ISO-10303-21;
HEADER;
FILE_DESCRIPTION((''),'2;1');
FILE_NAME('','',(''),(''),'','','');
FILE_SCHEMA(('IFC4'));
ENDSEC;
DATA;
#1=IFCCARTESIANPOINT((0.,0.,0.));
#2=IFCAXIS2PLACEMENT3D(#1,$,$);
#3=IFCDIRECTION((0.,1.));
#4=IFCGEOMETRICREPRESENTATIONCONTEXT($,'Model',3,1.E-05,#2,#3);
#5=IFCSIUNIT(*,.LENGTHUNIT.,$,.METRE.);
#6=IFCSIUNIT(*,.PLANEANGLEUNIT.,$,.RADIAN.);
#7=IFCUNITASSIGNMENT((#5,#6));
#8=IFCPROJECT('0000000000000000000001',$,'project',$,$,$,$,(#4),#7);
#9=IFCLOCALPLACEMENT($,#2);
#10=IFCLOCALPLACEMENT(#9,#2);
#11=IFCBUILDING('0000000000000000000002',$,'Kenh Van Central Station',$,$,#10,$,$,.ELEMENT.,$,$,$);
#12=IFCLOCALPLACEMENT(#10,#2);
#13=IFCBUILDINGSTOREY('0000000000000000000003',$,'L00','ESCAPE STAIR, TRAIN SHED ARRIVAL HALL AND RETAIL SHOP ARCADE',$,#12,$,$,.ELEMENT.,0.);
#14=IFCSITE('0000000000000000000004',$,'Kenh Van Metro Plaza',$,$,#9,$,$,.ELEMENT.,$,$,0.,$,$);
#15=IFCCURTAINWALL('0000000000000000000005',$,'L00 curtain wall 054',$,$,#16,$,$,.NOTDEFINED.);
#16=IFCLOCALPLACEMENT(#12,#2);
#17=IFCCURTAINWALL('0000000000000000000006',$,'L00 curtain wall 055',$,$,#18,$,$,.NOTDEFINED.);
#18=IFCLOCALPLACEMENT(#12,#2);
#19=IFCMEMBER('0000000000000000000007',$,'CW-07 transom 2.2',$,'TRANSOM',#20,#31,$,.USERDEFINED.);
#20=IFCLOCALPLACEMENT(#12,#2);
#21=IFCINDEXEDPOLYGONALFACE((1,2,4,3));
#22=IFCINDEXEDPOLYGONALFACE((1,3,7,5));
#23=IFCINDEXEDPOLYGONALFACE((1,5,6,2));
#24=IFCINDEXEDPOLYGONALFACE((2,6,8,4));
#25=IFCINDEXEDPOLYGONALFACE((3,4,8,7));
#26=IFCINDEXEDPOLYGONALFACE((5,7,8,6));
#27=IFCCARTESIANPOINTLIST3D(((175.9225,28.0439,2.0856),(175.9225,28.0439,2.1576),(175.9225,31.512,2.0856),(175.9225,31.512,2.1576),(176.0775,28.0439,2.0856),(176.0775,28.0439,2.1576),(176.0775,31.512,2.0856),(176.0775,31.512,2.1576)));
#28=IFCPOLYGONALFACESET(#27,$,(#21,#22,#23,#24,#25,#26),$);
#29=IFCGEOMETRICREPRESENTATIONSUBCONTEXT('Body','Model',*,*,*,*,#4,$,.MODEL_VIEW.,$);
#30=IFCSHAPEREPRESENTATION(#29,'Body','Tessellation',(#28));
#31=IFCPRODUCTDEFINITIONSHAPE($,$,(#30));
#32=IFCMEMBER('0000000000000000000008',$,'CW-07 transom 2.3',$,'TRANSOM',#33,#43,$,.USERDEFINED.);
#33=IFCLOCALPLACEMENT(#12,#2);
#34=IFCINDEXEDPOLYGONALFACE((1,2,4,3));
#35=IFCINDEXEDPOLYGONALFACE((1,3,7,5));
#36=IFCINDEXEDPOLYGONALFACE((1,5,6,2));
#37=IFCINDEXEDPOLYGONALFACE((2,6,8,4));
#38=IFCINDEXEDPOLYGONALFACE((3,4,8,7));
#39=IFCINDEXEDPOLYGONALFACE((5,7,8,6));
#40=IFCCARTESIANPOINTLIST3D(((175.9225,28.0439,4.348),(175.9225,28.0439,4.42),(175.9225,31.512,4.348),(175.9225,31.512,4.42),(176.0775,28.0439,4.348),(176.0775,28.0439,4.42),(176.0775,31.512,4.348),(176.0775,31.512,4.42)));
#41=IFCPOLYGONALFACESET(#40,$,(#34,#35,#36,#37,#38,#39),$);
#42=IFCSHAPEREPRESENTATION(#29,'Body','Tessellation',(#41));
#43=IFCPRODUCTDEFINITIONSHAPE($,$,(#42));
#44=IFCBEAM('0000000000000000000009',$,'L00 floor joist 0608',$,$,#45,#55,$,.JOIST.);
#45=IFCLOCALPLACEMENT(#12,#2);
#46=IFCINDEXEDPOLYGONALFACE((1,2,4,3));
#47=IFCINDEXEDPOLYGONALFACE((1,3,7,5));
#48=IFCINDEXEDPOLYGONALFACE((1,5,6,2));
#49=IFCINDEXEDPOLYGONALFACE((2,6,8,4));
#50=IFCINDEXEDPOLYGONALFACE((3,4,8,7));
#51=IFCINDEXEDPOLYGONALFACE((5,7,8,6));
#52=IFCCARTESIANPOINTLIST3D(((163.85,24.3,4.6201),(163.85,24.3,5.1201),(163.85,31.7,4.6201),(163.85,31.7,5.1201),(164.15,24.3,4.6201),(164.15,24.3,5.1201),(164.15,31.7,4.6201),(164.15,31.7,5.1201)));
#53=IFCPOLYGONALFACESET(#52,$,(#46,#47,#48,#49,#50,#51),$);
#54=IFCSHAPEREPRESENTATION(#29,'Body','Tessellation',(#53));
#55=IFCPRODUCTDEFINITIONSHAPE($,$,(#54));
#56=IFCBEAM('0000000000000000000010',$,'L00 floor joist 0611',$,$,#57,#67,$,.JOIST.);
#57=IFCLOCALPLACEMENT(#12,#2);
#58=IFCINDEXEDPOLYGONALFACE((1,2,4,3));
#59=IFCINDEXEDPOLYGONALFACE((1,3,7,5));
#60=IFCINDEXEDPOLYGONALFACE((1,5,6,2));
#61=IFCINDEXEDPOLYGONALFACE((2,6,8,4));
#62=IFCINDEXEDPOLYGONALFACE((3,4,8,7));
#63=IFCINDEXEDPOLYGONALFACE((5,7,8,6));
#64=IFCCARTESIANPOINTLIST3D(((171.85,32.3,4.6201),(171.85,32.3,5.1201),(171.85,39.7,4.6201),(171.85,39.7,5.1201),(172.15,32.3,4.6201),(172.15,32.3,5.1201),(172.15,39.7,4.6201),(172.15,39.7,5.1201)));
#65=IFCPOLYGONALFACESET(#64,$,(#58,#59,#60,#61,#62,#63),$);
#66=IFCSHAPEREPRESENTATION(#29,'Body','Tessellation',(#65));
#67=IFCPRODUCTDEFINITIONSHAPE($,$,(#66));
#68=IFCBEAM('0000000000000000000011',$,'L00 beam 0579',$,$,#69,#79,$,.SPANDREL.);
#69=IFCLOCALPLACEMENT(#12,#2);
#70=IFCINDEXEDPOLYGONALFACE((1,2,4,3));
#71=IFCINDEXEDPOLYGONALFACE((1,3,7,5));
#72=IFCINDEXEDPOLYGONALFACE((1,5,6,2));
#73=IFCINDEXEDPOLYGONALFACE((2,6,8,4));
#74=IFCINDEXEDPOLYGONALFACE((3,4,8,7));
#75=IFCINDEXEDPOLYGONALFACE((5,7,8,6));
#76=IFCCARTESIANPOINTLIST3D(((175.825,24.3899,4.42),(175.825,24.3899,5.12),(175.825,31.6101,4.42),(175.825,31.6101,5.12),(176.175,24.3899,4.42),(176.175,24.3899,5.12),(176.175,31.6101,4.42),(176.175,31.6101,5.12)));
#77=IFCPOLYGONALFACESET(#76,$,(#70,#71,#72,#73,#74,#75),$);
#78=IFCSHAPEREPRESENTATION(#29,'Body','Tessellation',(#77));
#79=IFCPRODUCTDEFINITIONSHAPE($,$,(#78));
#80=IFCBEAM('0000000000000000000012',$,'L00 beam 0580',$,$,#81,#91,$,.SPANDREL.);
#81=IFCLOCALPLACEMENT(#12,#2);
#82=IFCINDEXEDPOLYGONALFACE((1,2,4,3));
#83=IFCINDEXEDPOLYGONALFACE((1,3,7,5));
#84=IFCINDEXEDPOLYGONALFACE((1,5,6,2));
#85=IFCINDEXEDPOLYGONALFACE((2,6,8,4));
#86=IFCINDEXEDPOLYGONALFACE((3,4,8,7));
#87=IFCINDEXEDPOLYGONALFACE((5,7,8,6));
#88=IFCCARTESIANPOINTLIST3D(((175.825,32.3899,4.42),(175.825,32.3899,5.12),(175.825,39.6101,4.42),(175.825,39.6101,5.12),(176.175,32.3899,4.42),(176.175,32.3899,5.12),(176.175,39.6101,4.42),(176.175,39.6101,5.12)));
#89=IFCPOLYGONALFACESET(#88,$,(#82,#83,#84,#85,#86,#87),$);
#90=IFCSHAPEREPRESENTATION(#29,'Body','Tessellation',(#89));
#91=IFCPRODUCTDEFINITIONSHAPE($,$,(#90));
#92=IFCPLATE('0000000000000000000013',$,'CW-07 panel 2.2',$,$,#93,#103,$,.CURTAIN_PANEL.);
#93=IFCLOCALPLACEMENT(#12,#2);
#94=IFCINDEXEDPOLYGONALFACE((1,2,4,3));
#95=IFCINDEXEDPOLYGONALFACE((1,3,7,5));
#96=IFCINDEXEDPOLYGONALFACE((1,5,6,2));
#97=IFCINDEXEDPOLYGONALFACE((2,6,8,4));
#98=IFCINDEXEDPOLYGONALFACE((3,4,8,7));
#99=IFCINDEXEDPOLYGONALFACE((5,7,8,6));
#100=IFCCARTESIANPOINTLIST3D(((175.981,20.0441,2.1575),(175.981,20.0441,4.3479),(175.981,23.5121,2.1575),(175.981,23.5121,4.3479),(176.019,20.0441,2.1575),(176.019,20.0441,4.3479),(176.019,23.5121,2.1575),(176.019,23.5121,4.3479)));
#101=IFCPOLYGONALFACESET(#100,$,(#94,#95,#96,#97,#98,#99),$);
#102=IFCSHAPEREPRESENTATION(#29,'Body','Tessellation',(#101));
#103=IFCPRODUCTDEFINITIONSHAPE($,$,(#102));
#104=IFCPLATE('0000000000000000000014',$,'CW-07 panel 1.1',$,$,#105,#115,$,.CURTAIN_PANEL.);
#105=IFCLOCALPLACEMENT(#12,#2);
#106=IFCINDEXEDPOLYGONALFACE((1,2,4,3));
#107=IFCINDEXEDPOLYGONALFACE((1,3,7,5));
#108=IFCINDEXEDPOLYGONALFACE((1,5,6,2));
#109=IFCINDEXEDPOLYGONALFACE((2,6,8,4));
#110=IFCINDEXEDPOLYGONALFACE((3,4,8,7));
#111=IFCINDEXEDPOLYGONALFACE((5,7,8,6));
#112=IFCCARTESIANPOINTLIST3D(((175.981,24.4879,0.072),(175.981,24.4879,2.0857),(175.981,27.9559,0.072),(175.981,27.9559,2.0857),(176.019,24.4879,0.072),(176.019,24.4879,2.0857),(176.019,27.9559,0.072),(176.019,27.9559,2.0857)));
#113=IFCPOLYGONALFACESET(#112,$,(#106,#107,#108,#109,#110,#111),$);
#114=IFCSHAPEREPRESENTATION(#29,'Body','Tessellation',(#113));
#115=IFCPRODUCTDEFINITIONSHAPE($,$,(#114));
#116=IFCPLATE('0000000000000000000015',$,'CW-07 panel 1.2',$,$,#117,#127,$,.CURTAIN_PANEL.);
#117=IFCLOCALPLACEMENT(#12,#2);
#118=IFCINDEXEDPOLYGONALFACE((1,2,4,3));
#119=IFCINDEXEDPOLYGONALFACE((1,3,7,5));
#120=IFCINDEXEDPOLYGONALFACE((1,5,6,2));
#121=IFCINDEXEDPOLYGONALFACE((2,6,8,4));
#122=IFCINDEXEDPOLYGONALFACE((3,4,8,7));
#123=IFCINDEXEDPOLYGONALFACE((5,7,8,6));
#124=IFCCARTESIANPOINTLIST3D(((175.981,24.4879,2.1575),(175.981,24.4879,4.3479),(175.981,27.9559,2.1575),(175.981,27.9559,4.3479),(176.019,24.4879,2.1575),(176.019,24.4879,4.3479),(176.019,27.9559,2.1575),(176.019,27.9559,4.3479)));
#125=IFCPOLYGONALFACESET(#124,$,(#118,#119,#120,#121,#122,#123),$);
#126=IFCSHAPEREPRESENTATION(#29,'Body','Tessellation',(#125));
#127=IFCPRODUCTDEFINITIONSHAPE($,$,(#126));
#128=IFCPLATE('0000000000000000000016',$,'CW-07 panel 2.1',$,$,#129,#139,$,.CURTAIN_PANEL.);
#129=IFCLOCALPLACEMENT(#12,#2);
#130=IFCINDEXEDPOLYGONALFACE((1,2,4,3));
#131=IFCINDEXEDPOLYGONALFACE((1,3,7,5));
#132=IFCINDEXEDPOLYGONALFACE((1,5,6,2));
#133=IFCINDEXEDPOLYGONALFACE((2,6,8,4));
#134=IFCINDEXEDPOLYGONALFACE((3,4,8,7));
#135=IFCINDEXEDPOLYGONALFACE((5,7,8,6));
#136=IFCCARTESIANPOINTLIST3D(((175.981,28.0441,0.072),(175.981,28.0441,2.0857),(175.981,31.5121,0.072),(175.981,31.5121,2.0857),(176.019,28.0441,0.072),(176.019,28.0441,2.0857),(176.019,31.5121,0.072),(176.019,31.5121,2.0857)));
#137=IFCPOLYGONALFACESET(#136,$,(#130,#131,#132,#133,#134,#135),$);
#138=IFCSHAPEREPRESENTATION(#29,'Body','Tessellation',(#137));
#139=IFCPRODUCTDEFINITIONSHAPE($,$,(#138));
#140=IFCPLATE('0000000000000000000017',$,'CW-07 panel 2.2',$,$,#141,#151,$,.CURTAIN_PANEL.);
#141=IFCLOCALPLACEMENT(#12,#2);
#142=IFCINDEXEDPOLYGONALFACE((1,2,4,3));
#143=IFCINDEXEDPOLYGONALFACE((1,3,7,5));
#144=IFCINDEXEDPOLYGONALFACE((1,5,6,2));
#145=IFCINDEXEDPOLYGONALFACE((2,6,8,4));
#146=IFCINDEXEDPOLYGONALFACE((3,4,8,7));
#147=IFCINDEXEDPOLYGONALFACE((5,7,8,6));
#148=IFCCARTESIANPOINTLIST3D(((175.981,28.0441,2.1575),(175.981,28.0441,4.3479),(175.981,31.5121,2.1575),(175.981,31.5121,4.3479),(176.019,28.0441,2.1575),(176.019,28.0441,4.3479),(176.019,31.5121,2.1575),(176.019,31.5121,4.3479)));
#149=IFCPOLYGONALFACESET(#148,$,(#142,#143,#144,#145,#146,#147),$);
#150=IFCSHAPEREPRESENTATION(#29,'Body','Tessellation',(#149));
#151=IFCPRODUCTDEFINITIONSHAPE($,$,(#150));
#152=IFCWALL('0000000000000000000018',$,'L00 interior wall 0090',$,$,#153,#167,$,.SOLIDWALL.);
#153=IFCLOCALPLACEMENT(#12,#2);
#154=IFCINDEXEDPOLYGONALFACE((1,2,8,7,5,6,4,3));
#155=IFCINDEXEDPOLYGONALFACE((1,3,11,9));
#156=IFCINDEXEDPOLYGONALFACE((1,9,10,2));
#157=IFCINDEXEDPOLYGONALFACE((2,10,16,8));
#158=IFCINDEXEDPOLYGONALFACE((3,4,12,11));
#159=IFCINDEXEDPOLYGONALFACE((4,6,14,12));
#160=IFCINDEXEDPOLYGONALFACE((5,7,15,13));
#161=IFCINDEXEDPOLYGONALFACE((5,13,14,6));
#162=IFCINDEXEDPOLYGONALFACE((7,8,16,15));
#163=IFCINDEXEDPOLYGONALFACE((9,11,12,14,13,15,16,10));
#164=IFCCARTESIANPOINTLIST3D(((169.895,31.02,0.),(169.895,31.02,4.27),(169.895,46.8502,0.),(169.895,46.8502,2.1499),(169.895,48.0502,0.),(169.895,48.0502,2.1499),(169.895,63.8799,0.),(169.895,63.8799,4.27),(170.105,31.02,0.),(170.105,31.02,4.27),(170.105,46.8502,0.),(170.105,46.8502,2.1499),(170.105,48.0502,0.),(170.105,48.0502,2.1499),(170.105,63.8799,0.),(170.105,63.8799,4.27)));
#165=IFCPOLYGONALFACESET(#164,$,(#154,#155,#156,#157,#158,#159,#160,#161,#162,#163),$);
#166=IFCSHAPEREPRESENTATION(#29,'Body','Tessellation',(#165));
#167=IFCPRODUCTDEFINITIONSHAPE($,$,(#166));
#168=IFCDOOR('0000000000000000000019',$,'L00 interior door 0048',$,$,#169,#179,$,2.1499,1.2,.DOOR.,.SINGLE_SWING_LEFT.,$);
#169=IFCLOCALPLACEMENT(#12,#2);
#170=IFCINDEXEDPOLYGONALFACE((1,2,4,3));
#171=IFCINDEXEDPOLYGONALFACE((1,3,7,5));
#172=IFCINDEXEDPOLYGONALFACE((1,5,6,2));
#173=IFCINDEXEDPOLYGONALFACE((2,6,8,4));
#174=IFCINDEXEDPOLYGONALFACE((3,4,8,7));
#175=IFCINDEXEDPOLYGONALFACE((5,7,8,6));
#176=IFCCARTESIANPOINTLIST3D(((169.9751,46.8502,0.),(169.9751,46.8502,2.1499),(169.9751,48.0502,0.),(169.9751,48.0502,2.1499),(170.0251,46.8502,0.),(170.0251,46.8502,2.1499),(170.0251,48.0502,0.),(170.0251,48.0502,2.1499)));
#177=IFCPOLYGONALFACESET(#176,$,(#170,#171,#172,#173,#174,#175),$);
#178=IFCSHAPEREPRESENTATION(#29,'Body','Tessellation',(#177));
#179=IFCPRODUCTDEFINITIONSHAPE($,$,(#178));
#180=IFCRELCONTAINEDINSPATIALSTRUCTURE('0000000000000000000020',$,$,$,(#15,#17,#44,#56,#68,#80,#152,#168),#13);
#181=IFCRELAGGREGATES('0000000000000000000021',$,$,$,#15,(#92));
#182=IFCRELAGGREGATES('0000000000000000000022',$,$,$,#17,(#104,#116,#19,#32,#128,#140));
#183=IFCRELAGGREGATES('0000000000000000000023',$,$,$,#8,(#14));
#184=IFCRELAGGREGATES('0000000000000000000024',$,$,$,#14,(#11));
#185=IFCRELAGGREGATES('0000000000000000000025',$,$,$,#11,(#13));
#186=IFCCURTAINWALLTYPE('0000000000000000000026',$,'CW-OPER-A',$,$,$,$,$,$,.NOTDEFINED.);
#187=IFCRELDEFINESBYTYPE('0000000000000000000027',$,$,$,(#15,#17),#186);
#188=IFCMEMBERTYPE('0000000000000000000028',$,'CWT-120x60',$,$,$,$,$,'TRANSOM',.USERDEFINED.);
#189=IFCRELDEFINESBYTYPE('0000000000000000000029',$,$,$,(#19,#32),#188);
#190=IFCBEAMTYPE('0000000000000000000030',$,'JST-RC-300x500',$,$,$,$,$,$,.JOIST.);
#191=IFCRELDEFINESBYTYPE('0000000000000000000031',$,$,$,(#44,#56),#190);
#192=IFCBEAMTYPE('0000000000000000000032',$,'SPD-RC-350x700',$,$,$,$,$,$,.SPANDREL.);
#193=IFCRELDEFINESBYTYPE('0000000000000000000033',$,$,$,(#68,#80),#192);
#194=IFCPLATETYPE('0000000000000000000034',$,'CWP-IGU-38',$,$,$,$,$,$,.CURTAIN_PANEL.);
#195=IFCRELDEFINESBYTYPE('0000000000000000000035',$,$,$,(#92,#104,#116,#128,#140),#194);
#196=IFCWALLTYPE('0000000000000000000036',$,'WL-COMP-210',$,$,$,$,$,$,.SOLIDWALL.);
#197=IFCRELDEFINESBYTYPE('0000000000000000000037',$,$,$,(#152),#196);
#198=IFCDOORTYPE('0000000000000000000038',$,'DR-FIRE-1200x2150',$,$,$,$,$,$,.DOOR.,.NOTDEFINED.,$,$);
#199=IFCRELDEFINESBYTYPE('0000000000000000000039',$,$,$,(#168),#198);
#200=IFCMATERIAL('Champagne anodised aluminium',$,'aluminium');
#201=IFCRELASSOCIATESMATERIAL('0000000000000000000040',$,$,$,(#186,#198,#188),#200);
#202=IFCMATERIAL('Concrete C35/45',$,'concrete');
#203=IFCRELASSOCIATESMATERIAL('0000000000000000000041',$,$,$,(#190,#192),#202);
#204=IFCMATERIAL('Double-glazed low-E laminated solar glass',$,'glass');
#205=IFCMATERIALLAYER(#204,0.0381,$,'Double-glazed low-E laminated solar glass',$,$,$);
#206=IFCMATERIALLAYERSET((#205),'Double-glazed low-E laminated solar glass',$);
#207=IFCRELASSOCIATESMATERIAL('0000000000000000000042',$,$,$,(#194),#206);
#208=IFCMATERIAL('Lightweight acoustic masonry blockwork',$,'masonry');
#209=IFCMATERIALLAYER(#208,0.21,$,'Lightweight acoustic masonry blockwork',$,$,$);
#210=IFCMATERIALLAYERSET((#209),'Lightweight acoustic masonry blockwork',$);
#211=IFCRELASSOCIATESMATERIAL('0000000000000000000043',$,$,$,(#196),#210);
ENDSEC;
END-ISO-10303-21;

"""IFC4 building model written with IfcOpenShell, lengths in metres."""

from ifc_helpers import new_model, si_unit, direction, frame, frame_2d, origin, origin_2d, place, context, subcontext, project, spatial, rectangle, extrude, material, layer, layer_set, material_profile, profile_set, type_object, element, fill, aggregate, save


model = new_model("IFC4")

# Units and contexts
model_context = context("Model", 3, precision=1e-05, world=origin(), true_north=direction((0.0, 1.0)))
body_context = subcontext(model_context, "Body", "Model", "MODEL_VIEW")
ifc_project = project(units=[si_unit("LENGTHUNIT", "METRE"), si_unit("PLANEANGLEUNIT", "RADIAN")], contexts=[model_context])

# Site, building, storey
site_placement = place(None, origin())
site = spatial("IfcSite", under=ifc_project, at=site_placement, Name="Kenh Van Metro Plaza", CompositionType="ELEMENT", RefElevation=0.0)
building_placement = place(site_placement, origin())
building = spatial("IfcBuilding", under=site, at=building_placement, Name="Kenh Van Central Station", CompositionType="ELEMENT")
storey_placement = place(building_placement, origin())
storey = spatial("IfcBuildingStorey", under=building, at=storey_placement, Name="L00", Description="ESCAPE STAIR, TRAIN SHED ARRIVAL HALL AND RETAIL SHOP ARCADE", CompositionType="ELEMENT", Elevation=0.0)

# Shared definitions
ifc_material_1 = material(Name="Concrete C35/45", Category="concrete")

# Curtain wall
ifc_material_2 = material(Name="Champagne anodised aluminium", Category="aluminium")
curtain_wall_type = type_object("IfcCurtainWallType", Name="CW-OPER-A", PredefinedType="NOTDEFINED", material=ifc_material_2)
curtain_wall_1_placement = place(storey_placement, origin())
curtain_wall_1 = element("IfcCurtainWall", 1, at=curtain_wall_1_placement, inside=storey, type_object=curtain_wall_type, Name="L00 curtain wall 054", PredefinedType="NOTDEFINED")

# Curtain wall, members
curtain_wall_2_placement = place(storey_placement, origin())
curtain_wall_2 = element("IfcCurtainWall", 2, at=curtain_wall_2_placement, inside=storey, type_object=curtain_wall_type, Name="L00 curtain wall 055", PredefinedType="NOTDEFINED")
ifc_material_profile_1 = material_profile(ifc_material_2, rectangle(XDim=0.155, YDim=0.072, at=origin_2d()), Name="AL 155x72")
ifc_profile_set_1 = profile_set([ifc_material_profile_1], Name="Champagne anodised aluminium")
member_type_1 = type_object("IfcMemberType", Name="CWT-120x60", ElementType="TRANSOM", PredefinedType="USERDEFINED", material=ifc_profile_set_1)
member_1_placement = place(storey_placement, frame((176.0, 28.0439, 2.1216), z_axis=(0.0, 1.0, 0.0), x_axis=(-1.0, 0.0, 0.0)))
member_1 = element("IfcMember", 3, at=member_1_placement, type_object=member_type_1, Name="CW-07 transom 2.2", ObjectType="TRANSOM", PredefinedType="USERDEFINED", context=body_context, shape_type="SweptSolid", body=[
    extrude(rectangle(XDim=0.155, YDim=0.072, at=origin_2d()), origin(), (0.0, 0.0, 1.0), 3.468),
])
member_2_placement = place(storey_placement, frame((176.0, 28.0439, 4.384), z_axis=(0.0, 1.0, 0.0), x_axis=(-1.0, 0.0, 0.0)))
member_2 = element("IfcMember", 4, at=member_2_placement, type_object=member_type_1, Name="CW-07 transom 2.3", ObjectType="TRANSOM", PredefinedType="USERDEFINED", context=body_context, shape_type="SweptSolid", body=[
    extrude(rectangle(XDim=0.155, YDim=0.072, at=origin_2d()), origin(), (0.0, 0.0, 1.0), 3.468),
])

# Beams
ifc_material_profile_2 = material_profile(ifc_material_1, rectangle(XDim=0.3, YDim=0.5, at=origin_2d()), Name="RC 300x500")
ifc_profile_set_2 = profile_set([ifc_material_profile_2], Name="Concrete C35/45")
beam_type_1 = type_object("IfcBeamType", Name="JST-RC-300x500", PredefinedType="JOIST", material=ifc_profile_set_2)
for number, where, z_axis, x_axis, name in (
    (5, (164.0, 24.3, 4.8701), (0.0, 1.0, 0.0), (-1.0, 0.0, 0.0), "L00 floor joist 0608"),
    (6, (172.0, 32.3, 4.8701), (0.0, 1.0, 0.0), (-1.0, 0.0, 0.0), "L00 floor joist 0611"),
):
    element("IfcBeam", number, at=place(storey_placement, frame(where, z_axis=z_axis, x_axis=x_axis)), inside=storey, type_object=beam_type_1, Name=name, PredefinedType="JOIST", context=body_context, shape_type="SweptSolid", body=[
        extrude(rectangle(XDim=0.3, YDim=0.5, at=origin_2d()), origin(), (0.0, 0.0, 1.0), 7.3999),
    ])
ifc_material_profile_3 = material_profile(ifc_material_1, rectangle(XDim=0.3501, YDim=0.7, at=origin_2d()), Name="RC 350x700")
ifc_profile_set_3 = profile_set([ifc_material_profile_3], Name="Concrete C35/45")
beam_type_2 = type_object("IfcBeamType", Name="SPD-RC-350x700", PredefinedType="SPANDREL", material=ifc_profile_set_3)
for number, where, z_axis, x_axis, name in (
    (7, (176.0, 24.3899, 4.77), (0.0, 1.0, 0.0), (-1.0, 0.0, 0.0), "L00 beam 0579"),
    (8, (176.0, 32.3899, 4.77), (0.0, 1.0, 0.0), (-1.0, 0.0, 0.0), "L00 beam 0580"),
):
    element("IfcBeam", number, at=place(storey_placement, frame(where, z_axis=z_axis, x_axis=x_axis)), inside=storey, type_object=beam_type_2, Name=name, PredefinedType="SPANDREL", context=body_context, shape_type="SweptSolid", body=[
        extrude(rectangle(XDim=0.3501, YDim=0.7, at=origin_2d()), origin(), (0.0, 0.0, 1.0), 7.2202),
    ])

# Plates
ifc_material_3 = material(Name="Double-glazed low-E laminated solar glass", Category="glass")
ifc_layer_1 = layer(ifc_material_3, 0.0381, Name="Double-glazed low-E laminated solar glass")
ifc_layer_set_1 = layer_set([ifc_layer_1], Name="Double-glazed low-E laminated solar glass")
plate_type = type_object("IfcPlateType", Name="CWP-IGU-38", PredefinedType="CURTAIN_PANEL", material=ifc_layer_set_1)
plate_1_placement = place(storey_placement, frame((176.0, 21.7781, 2.1575), z_axis=(0.0, 0.0, 1.0), x_axis=(0.0, 1.0, 0.0)))
plate_1 = element("IfcPlate", 9, at=plate_1_placement, type_object=plate_type, Name="CW-07 panel 2.2", PredefinedType="CURTAIN_PANEL", context=body_context, shape_type="SweptSolid", body=[
    extrude(rectangle(XDim=3.468, YDim=0.0381, at=origin_2d()), origin(), (0.0, 0.0, 1.0), 2.1904),
])
aggregate(curtain_wall_1, [plate_1])
plate_2_placement = place(storey_placement, frame((176.0, 26.2219, 0.072), z_axis=(0.0, 0.0, 1.0), x_axis=(0.0, 1.0, 0.0)))
plate_2 = element("IfcPlate", 10, at=plate_2_placement, type_object=plate_type, Name="CW-07 panel 1.1", PredefinedType="CURTAIN_PANEL", context=body_context, shape_type="SweptSolid", body=[
    extrude(rectangle(XDim=3.468, YDim=0.0381, at=origin_2d()), origin(), (0.0, 0.0, 1.0), 2.0137),
])
plate_3_placement = place(storey_placement, frame((176.0, 26.2219, 2.1575), z_axis=(0.0, 0.0, 1.0), x_axis=(0.0, 1.0, 0.0)))
plate_3 = element("IfcPlate", 11, at=plate_3_placement, type_object=plate_type, Name="CW-07 panel 1.2", PredefinedType="CURTAIN_PANEL", context=body_context, shape_type="SweptSolid", body=[
    extrude(rectangle(XDim=3.468, YDim=0.0381, at=origin_2d()), origin(), (0.0, 0.0, 1.0), 2.1904),
])
plate_4_placement = place(storey_placement, frame((176.0, 29.7781, 0.072), z_axis=(0.0, 0.0, 1.0), x_axis=(0.0, 1.0, 0.0)))
plate_4 = element("IfcPlate", 12, at=plate_4_placement, type_object=plate_type, Name="CW-07 panel 2.1", PredefinedType="CURTAIN_PANEL", context=body_context, shape_type="SweptSolid", body=[
    extrude(rectangle(XDim=3.468, YDim=0.0381, at=origin_2d()), origin(), (0.0, 0.0, 1.0), 2.0137),
])
plate_5_placement = place(storey_placement, frame((176.0, 29.7781, 2.1575), z_axis=(0.0, 0.0, 1.0), x_axis=(0.0, 1.0, 0.0)))
plate_5 = element("IfcPlate", 13, at=plate_5_placement, type_object=plate_type, Name="CW-07 panel 2.2", PredefinedType="CURTAIN_PANEL", context=body_context, shape_type="SweptSolid", body=[
    extrude(rectangle(XDim=3.468, YDim=0.0381, at=origin_2d()), origin(), (0.0, 0.0, 1.0), 2.1904),
])
aggregate(curtain_wall_2, [plate_2, plate_3, member_1, member_2, plate_4, plate_5])

# Wall, opening, door
ifc_material_4 = material(Name="Lightweight acoustic masonry blockwork", Category="masonry")
ifc_layer_2 = layer(ifc_material_4, 0.21, Name="Lightweight acoustic masonry blockwork")
ifc_layer_set_2 = layer_set([ifc_layer_2], Name="Lightweight acoustic masonry blockwork")
wall_type_1 = type_object("IfcWallType", Name="WL-COMP-210", PredefinedType="SOLIDWALL", material=ifc_layer_set_2)
wall_1_placement = place(storey_placement, frame((170.0, 31.02, 0.0), z_axis=(0.0, 0.0, 1.0), x_axis=(0.0, 1.0, 0.0)))
wall_1 = element("IfcWall", 14, at=wall_1_placement, inside=storey, type_object=wall_type_1, Name="L00 interior wall 0090", PredefinedType="SOLIDWALL", context=body_context, shape_type="SweptSolid", body=[
    extrude(rectangle(XDim=32.8599, YDim=0.21, at=frame_2d((16.4299, 0.0))), origin(), (0.0, 0.0, 1.0), 4.27),
])
opening_1_placement = place(wall_1_placement, frame((15.8301, 0.0, 0.0)))
opening_1 = element("IfcOpeningElement", 15, at=opening_1_placement, cuts=wall_1, PredefinedType="OPENING", context=body_context, shape_type="SweptSolid", body=[
    extrude(rectangle(XDim=1.2, YDim=2.1499, at=frame_2d((0.6001, 1.075))), frame((0.0, 0.115, 0.0), z_axis=(0.0, -1.0, 0.0), x_axis=(1.0, 0.0, 0.0)), (0.0, 0.0, 1.0), 0.23),
])
door_type_1 = type_object("IfcDoorType", Name="DR-FIRE-1200x2150", OperationType="NOTDEFINED", PredefinedType="DOOR", material=ifc_material_2)
door_1_placement = place(opening_1_placement, origin())
door_1 = element("IfcDoor", 16, at=door_1_placement, inside=storey, type_object=door_type_1, Name="L00 interior door 0048", OperationType="SINGLE_SWING_LEFT", OverallHeight=2.1499, OverallWidth=1.2, PredefinedType="DOOR", context=body_context, shape_type="SweptSolid", body=[
    extrude(rectangle(XDim=1.2, YDim=2.1499, at=frame_2d((0.6001, 1.075))), frame((0.0, 0.0249, 0.0), z_axis=(0.0, -1.0, 0.0), x_axis=(1.0, 0.0, 0.0)), (0.0, 0.0, 1.0), 0.05),
])
fill(opening_1, door_1)

save(model, "model.ifc")
